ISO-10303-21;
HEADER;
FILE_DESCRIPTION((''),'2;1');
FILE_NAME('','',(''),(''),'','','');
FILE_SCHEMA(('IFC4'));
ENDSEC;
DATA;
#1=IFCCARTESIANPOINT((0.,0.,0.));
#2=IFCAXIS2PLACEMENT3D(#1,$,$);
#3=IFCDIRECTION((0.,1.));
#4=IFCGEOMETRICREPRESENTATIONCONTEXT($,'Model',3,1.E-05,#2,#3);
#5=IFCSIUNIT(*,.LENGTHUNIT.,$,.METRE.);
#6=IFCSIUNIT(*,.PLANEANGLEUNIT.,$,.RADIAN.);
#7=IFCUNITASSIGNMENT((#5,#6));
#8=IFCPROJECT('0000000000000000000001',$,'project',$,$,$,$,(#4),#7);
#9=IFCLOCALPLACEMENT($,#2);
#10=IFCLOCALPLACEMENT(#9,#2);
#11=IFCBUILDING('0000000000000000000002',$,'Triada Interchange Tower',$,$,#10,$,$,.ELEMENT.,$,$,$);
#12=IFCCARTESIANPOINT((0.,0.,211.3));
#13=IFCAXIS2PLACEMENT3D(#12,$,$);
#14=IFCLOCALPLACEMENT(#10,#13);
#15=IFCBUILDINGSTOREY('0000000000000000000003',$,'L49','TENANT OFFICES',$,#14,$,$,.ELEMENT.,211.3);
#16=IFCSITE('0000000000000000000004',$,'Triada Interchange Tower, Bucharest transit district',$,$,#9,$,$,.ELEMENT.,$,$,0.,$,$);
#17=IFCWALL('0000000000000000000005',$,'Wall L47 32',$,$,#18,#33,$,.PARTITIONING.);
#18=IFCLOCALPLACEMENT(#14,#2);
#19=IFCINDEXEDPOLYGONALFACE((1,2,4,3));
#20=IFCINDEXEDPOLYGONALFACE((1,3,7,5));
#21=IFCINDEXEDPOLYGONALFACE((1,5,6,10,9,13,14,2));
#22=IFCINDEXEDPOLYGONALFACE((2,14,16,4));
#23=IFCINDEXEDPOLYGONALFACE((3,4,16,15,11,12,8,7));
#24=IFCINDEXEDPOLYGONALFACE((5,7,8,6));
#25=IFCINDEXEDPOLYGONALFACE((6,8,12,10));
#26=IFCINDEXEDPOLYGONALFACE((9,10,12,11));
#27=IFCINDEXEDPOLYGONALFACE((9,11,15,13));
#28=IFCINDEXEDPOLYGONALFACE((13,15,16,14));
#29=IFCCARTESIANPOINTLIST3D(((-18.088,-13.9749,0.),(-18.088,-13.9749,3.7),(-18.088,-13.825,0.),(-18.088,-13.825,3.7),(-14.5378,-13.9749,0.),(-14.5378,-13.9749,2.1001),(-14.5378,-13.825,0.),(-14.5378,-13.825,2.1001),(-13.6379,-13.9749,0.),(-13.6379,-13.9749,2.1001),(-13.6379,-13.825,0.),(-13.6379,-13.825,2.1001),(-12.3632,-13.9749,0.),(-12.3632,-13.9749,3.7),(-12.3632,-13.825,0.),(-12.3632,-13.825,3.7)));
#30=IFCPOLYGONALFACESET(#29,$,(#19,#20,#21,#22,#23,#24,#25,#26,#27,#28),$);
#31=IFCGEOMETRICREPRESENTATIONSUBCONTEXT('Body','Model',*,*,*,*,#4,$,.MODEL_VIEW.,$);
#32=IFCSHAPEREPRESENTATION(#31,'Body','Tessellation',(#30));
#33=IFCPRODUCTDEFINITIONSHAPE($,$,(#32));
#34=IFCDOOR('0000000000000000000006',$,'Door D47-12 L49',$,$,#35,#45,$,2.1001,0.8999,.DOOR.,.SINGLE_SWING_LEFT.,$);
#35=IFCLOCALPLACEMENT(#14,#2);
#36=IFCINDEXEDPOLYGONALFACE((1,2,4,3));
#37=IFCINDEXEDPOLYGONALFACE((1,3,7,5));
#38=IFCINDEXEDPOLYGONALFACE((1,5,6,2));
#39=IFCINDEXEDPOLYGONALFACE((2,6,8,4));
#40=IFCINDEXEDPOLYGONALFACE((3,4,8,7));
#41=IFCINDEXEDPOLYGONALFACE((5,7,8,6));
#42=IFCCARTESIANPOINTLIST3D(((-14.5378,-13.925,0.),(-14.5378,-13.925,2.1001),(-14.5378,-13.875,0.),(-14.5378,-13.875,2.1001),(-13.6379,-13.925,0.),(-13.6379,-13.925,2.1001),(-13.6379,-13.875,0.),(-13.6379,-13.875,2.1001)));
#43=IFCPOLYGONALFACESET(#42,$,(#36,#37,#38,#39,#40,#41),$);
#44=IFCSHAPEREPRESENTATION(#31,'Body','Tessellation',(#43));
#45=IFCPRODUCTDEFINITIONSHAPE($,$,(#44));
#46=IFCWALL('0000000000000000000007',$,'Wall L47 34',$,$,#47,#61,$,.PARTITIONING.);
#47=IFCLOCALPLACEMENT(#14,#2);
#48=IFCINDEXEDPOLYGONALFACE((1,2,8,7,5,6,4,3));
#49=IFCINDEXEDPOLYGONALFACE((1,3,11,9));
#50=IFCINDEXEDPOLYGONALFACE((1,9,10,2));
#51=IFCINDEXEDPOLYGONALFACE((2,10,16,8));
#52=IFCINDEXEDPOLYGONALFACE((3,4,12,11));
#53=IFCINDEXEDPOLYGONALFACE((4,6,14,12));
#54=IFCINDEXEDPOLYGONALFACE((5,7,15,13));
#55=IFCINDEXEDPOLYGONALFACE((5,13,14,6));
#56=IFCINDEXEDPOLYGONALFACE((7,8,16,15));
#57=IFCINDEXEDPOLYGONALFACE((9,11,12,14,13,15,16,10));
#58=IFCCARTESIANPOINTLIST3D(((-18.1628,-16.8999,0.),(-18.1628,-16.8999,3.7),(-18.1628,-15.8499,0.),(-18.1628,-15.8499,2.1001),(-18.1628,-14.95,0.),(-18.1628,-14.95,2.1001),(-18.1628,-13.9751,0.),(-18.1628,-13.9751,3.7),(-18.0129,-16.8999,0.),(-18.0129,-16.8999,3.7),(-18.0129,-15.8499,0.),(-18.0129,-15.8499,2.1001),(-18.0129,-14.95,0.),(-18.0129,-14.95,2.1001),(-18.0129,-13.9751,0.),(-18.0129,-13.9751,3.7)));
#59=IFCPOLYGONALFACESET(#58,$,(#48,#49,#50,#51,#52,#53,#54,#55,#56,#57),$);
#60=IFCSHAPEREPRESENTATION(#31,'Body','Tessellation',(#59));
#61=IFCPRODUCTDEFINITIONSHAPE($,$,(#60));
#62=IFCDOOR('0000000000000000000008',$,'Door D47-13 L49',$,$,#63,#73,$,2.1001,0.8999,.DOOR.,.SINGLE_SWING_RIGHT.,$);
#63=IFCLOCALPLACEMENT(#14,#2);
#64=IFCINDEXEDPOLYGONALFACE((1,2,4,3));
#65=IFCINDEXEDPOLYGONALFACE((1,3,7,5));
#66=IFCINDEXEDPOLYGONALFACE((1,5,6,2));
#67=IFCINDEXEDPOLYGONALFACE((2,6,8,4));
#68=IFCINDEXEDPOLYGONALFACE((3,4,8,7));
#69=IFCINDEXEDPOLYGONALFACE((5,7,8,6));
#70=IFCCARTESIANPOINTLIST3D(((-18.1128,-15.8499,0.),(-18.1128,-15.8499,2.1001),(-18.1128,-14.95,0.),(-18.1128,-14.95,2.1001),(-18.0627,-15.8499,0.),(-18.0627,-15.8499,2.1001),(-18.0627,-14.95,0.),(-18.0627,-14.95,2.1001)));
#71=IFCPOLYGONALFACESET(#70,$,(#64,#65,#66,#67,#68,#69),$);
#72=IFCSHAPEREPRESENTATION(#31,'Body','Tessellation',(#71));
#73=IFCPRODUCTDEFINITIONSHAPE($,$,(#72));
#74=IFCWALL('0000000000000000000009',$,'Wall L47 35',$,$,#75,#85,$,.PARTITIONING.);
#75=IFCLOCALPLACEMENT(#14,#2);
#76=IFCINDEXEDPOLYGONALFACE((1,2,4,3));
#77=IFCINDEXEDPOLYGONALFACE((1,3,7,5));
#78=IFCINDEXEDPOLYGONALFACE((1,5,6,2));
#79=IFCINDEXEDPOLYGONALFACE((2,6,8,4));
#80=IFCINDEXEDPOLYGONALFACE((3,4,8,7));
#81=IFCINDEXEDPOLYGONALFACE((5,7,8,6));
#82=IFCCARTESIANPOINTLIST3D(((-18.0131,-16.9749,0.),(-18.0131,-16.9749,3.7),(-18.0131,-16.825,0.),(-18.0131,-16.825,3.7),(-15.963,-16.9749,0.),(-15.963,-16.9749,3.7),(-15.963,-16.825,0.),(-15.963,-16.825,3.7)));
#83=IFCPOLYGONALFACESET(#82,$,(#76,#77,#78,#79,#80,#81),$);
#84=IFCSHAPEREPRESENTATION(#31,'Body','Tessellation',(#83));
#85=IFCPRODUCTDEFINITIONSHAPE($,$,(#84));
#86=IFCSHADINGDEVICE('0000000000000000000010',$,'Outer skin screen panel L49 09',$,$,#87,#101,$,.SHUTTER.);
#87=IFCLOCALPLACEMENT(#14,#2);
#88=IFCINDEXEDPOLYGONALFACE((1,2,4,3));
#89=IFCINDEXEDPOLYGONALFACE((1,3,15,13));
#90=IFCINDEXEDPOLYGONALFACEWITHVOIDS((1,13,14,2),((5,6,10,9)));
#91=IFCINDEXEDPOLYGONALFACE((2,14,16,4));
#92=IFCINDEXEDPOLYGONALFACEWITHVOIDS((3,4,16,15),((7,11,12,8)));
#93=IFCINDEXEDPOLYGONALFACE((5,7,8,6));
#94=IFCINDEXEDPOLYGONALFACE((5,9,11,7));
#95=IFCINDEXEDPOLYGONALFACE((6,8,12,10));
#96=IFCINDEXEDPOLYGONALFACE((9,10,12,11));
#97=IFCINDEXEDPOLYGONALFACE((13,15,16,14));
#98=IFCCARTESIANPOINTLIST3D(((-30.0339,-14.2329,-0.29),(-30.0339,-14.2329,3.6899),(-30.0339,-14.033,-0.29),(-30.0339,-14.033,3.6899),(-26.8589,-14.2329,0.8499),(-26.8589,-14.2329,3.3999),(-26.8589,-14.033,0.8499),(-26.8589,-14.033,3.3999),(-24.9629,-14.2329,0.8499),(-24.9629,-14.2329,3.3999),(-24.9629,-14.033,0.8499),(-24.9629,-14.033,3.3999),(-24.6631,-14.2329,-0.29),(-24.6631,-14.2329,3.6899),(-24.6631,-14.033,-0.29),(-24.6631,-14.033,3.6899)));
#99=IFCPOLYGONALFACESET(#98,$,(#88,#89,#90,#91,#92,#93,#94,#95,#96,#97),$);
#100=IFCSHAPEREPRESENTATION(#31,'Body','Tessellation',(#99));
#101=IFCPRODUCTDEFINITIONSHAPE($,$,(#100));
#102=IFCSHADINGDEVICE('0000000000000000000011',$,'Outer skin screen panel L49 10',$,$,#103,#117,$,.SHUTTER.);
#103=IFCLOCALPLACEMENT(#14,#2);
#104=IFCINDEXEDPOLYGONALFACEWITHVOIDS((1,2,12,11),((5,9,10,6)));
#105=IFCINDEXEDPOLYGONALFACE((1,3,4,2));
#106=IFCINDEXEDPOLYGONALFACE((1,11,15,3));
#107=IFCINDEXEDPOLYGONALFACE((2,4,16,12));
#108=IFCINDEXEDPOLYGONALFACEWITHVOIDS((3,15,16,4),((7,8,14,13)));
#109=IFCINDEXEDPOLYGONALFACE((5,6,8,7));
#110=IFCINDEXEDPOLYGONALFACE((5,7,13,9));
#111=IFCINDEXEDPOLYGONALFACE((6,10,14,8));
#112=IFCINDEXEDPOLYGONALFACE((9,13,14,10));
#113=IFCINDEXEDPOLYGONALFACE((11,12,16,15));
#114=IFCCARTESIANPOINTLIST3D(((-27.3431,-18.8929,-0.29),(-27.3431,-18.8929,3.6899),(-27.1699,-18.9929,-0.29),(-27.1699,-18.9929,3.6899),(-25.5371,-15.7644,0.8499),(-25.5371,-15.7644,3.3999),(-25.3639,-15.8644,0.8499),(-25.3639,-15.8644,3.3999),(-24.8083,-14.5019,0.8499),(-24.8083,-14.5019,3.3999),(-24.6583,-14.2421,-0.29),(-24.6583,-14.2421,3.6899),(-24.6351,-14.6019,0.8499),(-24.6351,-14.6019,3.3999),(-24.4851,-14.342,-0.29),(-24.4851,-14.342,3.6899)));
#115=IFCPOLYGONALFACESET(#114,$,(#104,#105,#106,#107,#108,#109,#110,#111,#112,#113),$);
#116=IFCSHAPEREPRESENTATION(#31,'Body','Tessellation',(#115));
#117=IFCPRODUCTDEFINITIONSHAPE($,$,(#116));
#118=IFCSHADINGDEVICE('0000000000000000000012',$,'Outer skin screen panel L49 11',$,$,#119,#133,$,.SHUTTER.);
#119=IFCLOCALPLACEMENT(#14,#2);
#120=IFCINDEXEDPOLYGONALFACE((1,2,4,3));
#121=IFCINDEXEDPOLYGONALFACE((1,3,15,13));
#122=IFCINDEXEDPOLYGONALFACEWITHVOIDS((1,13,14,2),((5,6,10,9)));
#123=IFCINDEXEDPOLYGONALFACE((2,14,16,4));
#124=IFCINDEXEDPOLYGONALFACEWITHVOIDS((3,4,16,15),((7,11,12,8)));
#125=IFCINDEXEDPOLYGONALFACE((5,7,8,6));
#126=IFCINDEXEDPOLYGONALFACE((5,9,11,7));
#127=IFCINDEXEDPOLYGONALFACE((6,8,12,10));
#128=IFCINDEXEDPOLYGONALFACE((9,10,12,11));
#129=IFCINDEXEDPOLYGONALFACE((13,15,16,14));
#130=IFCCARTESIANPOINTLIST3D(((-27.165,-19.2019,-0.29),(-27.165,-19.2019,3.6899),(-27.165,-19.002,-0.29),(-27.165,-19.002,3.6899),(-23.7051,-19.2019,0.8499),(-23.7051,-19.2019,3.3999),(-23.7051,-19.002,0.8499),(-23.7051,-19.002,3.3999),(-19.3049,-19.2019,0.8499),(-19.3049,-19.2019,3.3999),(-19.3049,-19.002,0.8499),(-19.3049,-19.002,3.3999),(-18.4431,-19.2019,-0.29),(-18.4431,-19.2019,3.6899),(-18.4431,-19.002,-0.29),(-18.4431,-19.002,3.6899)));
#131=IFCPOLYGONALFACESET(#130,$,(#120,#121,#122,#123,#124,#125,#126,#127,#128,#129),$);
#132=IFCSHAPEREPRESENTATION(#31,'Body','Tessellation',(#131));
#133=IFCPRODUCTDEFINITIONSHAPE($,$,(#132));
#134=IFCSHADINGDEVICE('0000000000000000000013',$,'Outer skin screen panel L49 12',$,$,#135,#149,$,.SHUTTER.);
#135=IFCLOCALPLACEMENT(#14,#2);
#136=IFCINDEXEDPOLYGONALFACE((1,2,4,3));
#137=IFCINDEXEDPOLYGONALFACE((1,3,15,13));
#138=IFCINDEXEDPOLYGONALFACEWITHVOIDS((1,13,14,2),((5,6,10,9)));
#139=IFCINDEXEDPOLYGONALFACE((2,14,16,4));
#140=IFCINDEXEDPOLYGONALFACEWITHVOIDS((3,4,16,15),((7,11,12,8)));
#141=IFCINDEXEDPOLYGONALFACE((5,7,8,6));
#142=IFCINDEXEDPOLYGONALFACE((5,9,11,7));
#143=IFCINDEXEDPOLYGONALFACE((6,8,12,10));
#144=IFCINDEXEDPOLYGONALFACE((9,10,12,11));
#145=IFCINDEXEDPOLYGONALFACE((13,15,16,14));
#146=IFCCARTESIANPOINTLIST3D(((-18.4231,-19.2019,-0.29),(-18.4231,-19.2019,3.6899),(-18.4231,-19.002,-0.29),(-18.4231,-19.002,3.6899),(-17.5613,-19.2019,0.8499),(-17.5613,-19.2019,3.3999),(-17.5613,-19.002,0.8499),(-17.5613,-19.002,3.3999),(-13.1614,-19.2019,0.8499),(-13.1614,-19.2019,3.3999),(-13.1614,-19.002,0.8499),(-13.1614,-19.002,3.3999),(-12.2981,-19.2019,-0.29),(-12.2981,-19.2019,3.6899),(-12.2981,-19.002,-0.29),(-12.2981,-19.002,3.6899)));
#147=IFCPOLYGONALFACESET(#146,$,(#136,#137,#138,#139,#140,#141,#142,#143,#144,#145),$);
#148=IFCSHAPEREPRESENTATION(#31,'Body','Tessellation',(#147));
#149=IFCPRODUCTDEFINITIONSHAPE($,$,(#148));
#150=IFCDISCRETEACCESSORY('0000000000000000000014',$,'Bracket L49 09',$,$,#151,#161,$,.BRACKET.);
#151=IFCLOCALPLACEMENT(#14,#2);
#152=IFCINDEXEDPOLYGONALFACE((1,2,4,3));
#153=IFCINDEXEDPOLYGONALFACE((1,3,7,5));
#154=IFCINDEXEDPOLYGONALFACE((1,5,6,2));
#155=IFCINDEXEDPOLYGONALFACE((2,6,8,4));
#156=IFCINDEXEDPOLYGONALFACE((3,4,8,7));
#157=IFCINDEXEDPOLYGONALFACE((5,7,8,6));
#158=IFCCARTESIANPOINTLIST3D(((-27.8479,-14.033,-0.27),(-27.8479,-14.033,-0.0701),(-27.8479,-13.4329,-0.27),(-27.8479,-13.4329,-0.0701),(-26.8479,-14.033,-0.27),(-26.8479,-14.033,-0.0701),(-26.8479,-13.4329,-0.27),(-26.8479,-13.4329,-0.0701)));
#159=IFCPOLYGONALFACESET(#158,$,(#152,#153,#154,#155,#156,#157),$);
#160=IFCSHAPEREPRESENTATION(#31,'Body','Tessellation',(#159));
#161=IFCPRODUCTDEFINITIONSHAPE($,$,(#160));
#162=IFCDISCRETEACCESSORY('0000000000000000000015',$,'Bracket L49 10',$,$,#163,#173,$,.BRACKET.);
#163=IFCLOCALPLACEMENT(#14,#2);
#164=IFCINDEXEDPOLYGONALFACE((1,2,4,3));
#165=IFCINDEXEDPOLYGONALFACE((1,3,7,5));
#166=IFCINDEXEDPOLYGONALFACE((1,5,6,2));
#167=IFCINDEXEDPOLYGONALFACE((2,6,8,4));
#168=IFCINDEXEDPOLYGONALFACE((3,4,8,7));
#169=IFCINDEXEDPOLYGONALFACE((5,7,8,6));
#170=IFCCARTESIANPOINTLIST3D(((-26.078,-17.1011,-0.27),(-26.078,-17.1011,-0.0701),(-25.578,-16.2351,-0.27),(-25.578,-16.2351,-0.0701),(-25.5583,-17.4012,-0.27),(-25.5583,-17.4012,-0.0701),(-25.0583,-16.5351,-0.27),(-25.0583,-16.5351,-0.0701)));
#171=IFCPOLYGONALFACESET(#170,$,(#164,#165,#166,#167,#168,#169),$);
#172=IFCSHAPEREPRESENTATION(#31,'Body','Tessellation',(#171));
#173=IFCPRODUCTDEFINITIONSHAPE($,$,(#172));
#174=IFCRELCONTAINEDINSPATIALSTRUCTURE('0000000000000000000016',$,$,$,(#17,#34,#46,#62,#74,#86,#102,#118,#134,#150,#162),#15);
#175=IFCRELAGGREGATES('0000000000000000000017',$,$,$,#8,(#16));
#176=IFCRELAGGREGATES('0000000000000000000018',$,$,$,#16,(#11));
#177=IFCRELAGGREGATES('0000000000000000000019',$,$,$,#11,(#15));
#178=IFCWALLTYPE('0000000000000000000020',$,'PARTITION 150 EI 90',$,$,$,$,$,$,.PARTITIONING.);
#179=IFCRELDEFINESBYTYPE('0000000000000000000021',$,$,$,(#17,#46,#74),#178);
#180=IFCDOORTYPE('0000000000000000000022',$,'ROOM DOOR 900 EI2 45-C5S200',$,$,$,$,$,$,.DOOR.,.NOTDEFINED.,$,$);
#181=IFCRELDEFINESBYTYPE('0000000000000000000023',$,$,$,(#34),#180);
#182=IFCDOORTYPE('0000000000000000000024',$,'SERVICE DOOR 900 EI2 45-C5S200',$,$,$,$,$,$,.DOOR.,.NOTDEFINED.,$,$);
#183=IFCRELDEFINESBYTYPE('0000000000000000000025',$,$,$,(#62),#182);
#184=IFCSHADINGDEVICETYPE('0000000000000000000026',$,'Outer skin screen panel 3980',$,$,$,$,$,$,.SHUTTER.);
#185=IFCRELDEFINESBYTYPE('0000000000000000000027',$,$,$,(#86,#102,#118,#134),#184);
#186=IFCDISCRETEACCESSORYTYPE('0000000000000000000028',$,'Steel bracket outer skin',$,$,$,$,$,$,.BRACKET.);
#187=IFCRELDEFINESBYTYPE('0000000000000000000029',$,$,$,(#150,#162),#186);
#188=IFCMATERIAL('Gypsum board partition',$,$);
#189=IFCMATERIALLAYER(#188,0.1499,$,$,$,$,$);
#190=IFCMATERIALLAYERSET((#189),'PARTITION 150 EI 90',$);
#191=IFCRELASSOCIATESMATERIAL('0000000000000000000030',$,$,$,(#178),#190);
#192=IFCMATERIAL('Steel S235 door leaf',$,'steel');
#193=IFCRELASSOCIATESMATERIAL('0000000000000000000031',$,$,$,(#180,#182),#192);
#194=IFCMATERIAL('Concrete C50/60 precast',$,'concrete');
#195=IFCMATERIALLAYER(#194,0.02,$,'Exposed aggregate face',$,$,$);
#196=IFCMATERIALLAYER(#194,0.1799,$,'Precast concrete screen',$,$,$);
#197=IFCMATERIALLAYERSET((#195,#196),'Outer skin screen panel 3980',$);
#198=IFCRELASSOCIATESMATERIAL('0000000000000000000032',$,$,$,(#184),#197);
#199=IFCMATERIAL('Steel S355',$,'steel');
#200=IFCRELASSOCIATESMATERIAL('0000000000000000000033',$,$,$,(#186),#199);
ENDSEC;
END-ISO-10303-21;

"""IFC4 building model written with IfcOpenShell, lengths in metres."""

from ifc_helpers import new_model, si_unit, direction, frame, frame_2d, origin, origin_2d, place, context, subcontext, project, spatial, polyline, rectangle, outline, extrude, material, layer, layer_set, type_object, element, fill, save


model = new_model("IFC4")

# Units and contexts
model_context = context("Model", 3, precision=1e-05, world=origin(), true_north=direction((0.0, 1.0)))
body_context = subcontext(model_context, "Body", "Model", "MODEL_VIEW")
ifc_project = project(units=[si_unit("LENGTHUNIT", "METRE"), si_unit("PLANEANGLEUNIT", "RADIAN")], contexts=[model_context])

# Site, building, storey
site_placement = place(None, origin())
site = spatial("IfcSite", under=ifc_project, at=site_placement, Name="Triada Interchange Tower, Bucharest transit district", CompositionType="ELEMENT", RefElevation=0.0)
building_placement = place(site_placement, origin())
building = spatial("IfcBuilding", under=site, at=building_placement, Name="Triada Interchange Tower", CompositionType="ELEMENT")
storey_placement = place(building_placement, frame((0.0, 0.0, 211.3)))
storey = spatial("IfcBuildingStorey", under=building, at=storey_placement, Name="L49", Description="TENANT OFFICES", CompositionType="ELEMENT", Elevation=211.3)

# Walls, openings, doors
ifc_material_1 = material(Name="Gypsum board partition")
ifc_layer_1 = layer(ifc_material_1, 0.1499)
ifc_layer_set_1 = layer_set([ifc_layer_1], Name="PARTITION 150 EI 90")
wall_type_1 = type_object("IfcWallType", Name="PARTITION 150 EI 90", PredefinedType="PARTITIONING", material=ifc_layer_set_1)
wall_1_placement = place(storey_placement, frame((-18.0879, -13.8999, 0.0), z_axis=(0.0, 0.0, 1.0), x_axis=(1.0, 0.0, 0.0)))
wall_1 = element("IfcWall", 1, at=wall_1_placement, inside=storey, type_object=wall_type_1, Name="Wall L47 32", PredefinedType="PARTITIONING", context=body_context, shape_type="SweptSolid", body=[
    extrude(rectangle(XDim=5.7249, YDim=0.1499, at=frame_2d((2.8623, 0.0))), origin(), (0.0, 0.0, 1.0), 3.7),
])
opening_1_placement = place(wall_1_placement, frame((3.55, 0.0, 0.0)))
opening_1 = element("IfcOpeningElement", 2, at=opening_1_placement, cuts=wall_1, PredefinedType="OPENING", context=body_context, shape_type="SweptSolid", body=[
    extrude(rectangle(XDim=0.8999, YDim=2.1001, at=frame_2d((0.45, 1.05))), frame((0.0, 0.085, 0.0), z_axis=(0.0, -1.0, 0.0), x_axis=(1.0, 0.0, 0.0)), (0.0, 0.0, 1.0), 0.1699),
])
ifc_material_2 = material(Name="Steel S235 door leaf", Category="steel")
door_type_1 = type_object("IfcDoorType", Name="ROOM DOOR 900 EI2 45-C5S200", OperationType="NOTDEFINED", PredefinedType="DOOR", material=ifc_material_2)
door_1_placement = place(opening_1_placement, origin())
door_1 = element("IfcDoor", 3, at=door_1_placement, inside=storey, type_object=door_type_1, Name="Door D47-12 L49", OperationType="SINGLE_SWING_LEFT", OverallHeight=2.1001, OverallWidth=0.8999, PredefinedType="DOOR", context=body_context, shape_type="SweptSolid", body=[
    extrude(rectangle(XDim=0.8999, YDim=2.1001, at=frame_2d((0.45, 1.05))), frame((0.0, 0.0249, 0.0), z_axis=(0.0, -1.0, 0.0), x_axis=(1.0, 0.0, 0.0)), (0.0, 0.0, 1.0), 0.05),
])
fill(opening_1, door_1)
wall_2_placement = place(storey_placement, frame((-18.0879, -16.8999, 0.0), z_axis=(0.0, 0.0, 1.0), x_axis=(0.0, 1.0, 0.0)))
wall_2 = element("IfcWall", 4, at=wall_2_placement, inside=storey, type_object=wall_type_1, Name="Wall L47 34", PredefinedType="PARTITIONING", context=body_context, shape_type="SweptSolid", body=[
    extrude(rectangle(XDim=2.9248, YDim=0.1499, at=frame_2d((1.4624, 0.0))), origin(), (0.0, 0.0, 1.0), 3.7),
])
opening_2_placement = place(wall_2_placement, frame((1.05, 0.0, 0.0)))
opening_2 = element("IfcOpeningElement", 5, at=opening_2_placement, cuts=wall_2, PredefinedType="OPENING", context=body_context, shape_type="SweptSolid", body=[
    extrude(rectangle(XDim=0.8999, YDim=2.1001, at=frame_2d((0.45, 1.05))), frame((0.0, 0.085, 0.0), z_axis=(0.0, -1.0, 0.0), x_axis=(1.0, 0.0, 0.0)), (0.0, 0.0, 1.0), 0.1699),
])
door_type_2 = type_object("IfcDoorType", Name="SERVICE DOOR 900 EI2 45-C5S200", OperationType="NOTDEFINED", PredefinedType="DOOR", material=ifc_material_2)
door_2_placement = place(opening_2_placement, origin())
door_2 = element("IfcDoor", 6, at=door_2_placement, inside=storey, type_object=door_type_2, Name="Door D47-13 L49", OperationType="SINGLE_SWING_RIGHT", OverallHeight=2.1001, OverallWidth=0.8999, PredefinedType="DOOR", context=body_context, shape_type="SweptSolid", body=[
    extrude(rectangle(XDim=0.8999, YDim=2.1001, at=frame_2d((0.45, 1.05))), frame((0.0, 0.0249, 0.0), z_axis=(0.0, -1.0, 0.0), x_axis=(1.0, 0.0, 0.0)), (0.0, 0.0, 1.0), 0.05),
])
fill(opening_2, door_2)

# Wall
wall_3_placement = place(storey_placement, frame((-18.0129, -16.8999, 0.0), z_axis=(0.0, 0.0, 1.0), x_axis=(1.0, 0.0, 0.0)))
element("IfcWall", 7, at=wall_3_placement, inside=storey, type_object=wall_type_1, Name="Wall L47 35", PredefinedType="PARTITIONING", context=body_context, shape_type="SweptSolid", body=[
    extrude(rectangle(XDim=2.05, YDim=0.1499, at=frame_2d((1.0249, 0.0))), origin(), (0.0, 0.0, 1.0), 3.7),
])

# Shading devices
ifc_material_3 = material(Name="Concrete C50/60 precast", Category="concrete")
ifc_layer_2 = layer(ifc_material_3, 0.02, Name="Exposed aggregate face")
ifc_layer_3 = layer(ifc_material_3, 0.1799, Name="Precast concrete screen")
ifc_layer_set_2 = layer_set([ifc_layer_2, ifc_layer_3], Name="Outer skin screen panel 3980")
shading_device_type = type_object("IfcShadingDeviceType", Name="Outer skin screen panel 3980", PredefinedType="SHUTTER", material=ifc_layer_set_2)
shading_device_1_placement = place(storey_placement, frame((-30.0339, -14.033, -0.29), z_axis=(0.0, 0.0, 1.0), x_axis=(1.0, 0.0, 0.0)))
element("IfcShadingDevice", 8, at=shading_device_1_placement, inside=storey, type_object=shading_device_type, Name="Outer skin screen panel L49 09", PredefinedType="SHUTTER", context=body_context, shape_type="SweptSolid", body=[
    extrude(outline(polyline([(0.0, 0.0), (5.3708, 0.0), (5.3708, 3.98), (0.0, 3.98), (0.0, 0.0)]), holes=[polyline([(3.175, 1.1399), (3.175, 3.6899), (5.071, 3.6899), (5.071, 1.1399), (3.175, 1.1399)])]), frame((0.0, 0.0, 0.0), z_axis=(0.0, -1.0, 0.0), x_axis=(1.0, 0.0, 0.0)), (0.0, 0.0, 1.0), 0.2),
])
shading_device_2_placement = place(storey_placement, frame((-24.4851, -14.342, -0.29), z_axis=(0.0, 0.0, 1.0), x_axis=(-0.499948, -0.866055, 0.0)))
element("IfcShadingDevice", 9, at=shading_device_2_placement, inside=storey, type_object=shading_device_type, Name="Outer skin screen panel L49 10", PredefinedType="SHUTTER", context=body_context, shape_type="SweptSolid", body=[
    extrude(outline(polyline([(0.0, 0.0), (5.3701, 0.0), (5.3701, 3.98), (0.0, 3.98), (0.0, 0.0)]), holes=[polyline([(0.3, 1.1399), (0.3, 3.6899), (1.7578, 3.6899), (1.7578, 1.1399), (0.3, 1.1399)])]), frame((0.0, 0.0, 0.0), z_axis=(0.0, -1.0, 0.0), x_axis=(1.0, 0.0, 0.0)), (0.0, 0.0, 1.0), 0.2),
])
shading_device_3_placement = place(storey_placement, frame((-27.165, -19.002, -0.29), z_axis=(0.0, 0.0, 1.0), x_axis=(1.0, 0.0, 0.0)))
element("IfcShadingDevice", 10, at=shading_device_3_placement, inside=storey, type_object=shading_device_type, Name="Outer skin screen panel L49 11", PredefinedType="SHUTTER", context=body_context, shape_type="SweptSolid", body=[
    extrude(outline(polyline([(0.0, 0.0), (8.7219, 0.0), (8.7219, 3.98), (0.0, 3.98), (0.0, 0.0)]), holes=[polyline([(3.46, 1.1399), (3.46, 3.6899), (7.8601, 3.6899), (7.8601, 1.1399), (3.46, 1.1399)])]), frame((0.0, 0.0, 0.0), z_axis=(0.0, -1.0, 0.0), x_axis=(1.0, 0.0, 0.0)), (0.0, 0.0, 1.0), 0.2),
])
shading_device_4_placement = place(storey_placement, frame((-18.4231, -19.002, -0.29), z_axis=(0.0, 0.0, 1.0), x_axis=(1.0, 0.0, 0.0)))
element("IfcShadingDevice", 11, at=shading_device_4_placement, inside=storey, type_object=shading_device_type, Name="Outer skin screen panel L49 12", PredefinedType="SHUTTER", context=body_context, shape_type="SweptSolid", body=[
    extrude(outline(polyline([(0.0, 0.0), (6.125, 0.0), (6.125, 3.98), (0.0, 3.98), (0.0, 0.0)]), holes=[polyline([(0.8618, 1.1399), (0.8618, 3.6899), (5.2617, 3.6899), (5.2617, 1.1399), (0.8618, 1.1399)])]), frame((0.0, 0.0, 0.0), z_axis=(0.0, -1.0, 0.0), x_axis=(1.0, 0.0, 0.0)), (0.0, 0.0, 1.0), 0.2),
])

# Discrete accessories
ifc_material_4 = material(Name="Steel S355", Category="steel")
discrete_accessory_type = type_object("IfcDiscreteAccessoryType", Name="Steel bracket outer skin", PredefinedType="BRACKET", material=ifc_material_4)
for number, where, z_axis, x_axis, name in (
    (12, (-27.3479, -13.7329, -0.27), (0.0, 0.0, 1.0), (0.0, -1.0, 0.0), "Bracket L49 09"),
    (13, (-25.5681, -16.8181, -0.27), (0.0, 0.0, 1.0), (-0.866014, 0.500019, 0.0), "Bracket L49 10"),
):
    element("IfcDiscreteAccessory", number, at=place(storey_placement, frame(where, z_axis=z_axis, x_axis=x_axis)), inside=storey, type_object=discrete_accessory_type, Name=name, PredefinedType="BRACKET", context=body_context, shape_type="SweptSolid", body=[
        extrude(rectangle(XDim=0.6001, YDim=1.0, at=origin_2d()), origin(), (0.0, 0.0, 1.0), 0.2),
    ])

save(model, "model.ifc")
